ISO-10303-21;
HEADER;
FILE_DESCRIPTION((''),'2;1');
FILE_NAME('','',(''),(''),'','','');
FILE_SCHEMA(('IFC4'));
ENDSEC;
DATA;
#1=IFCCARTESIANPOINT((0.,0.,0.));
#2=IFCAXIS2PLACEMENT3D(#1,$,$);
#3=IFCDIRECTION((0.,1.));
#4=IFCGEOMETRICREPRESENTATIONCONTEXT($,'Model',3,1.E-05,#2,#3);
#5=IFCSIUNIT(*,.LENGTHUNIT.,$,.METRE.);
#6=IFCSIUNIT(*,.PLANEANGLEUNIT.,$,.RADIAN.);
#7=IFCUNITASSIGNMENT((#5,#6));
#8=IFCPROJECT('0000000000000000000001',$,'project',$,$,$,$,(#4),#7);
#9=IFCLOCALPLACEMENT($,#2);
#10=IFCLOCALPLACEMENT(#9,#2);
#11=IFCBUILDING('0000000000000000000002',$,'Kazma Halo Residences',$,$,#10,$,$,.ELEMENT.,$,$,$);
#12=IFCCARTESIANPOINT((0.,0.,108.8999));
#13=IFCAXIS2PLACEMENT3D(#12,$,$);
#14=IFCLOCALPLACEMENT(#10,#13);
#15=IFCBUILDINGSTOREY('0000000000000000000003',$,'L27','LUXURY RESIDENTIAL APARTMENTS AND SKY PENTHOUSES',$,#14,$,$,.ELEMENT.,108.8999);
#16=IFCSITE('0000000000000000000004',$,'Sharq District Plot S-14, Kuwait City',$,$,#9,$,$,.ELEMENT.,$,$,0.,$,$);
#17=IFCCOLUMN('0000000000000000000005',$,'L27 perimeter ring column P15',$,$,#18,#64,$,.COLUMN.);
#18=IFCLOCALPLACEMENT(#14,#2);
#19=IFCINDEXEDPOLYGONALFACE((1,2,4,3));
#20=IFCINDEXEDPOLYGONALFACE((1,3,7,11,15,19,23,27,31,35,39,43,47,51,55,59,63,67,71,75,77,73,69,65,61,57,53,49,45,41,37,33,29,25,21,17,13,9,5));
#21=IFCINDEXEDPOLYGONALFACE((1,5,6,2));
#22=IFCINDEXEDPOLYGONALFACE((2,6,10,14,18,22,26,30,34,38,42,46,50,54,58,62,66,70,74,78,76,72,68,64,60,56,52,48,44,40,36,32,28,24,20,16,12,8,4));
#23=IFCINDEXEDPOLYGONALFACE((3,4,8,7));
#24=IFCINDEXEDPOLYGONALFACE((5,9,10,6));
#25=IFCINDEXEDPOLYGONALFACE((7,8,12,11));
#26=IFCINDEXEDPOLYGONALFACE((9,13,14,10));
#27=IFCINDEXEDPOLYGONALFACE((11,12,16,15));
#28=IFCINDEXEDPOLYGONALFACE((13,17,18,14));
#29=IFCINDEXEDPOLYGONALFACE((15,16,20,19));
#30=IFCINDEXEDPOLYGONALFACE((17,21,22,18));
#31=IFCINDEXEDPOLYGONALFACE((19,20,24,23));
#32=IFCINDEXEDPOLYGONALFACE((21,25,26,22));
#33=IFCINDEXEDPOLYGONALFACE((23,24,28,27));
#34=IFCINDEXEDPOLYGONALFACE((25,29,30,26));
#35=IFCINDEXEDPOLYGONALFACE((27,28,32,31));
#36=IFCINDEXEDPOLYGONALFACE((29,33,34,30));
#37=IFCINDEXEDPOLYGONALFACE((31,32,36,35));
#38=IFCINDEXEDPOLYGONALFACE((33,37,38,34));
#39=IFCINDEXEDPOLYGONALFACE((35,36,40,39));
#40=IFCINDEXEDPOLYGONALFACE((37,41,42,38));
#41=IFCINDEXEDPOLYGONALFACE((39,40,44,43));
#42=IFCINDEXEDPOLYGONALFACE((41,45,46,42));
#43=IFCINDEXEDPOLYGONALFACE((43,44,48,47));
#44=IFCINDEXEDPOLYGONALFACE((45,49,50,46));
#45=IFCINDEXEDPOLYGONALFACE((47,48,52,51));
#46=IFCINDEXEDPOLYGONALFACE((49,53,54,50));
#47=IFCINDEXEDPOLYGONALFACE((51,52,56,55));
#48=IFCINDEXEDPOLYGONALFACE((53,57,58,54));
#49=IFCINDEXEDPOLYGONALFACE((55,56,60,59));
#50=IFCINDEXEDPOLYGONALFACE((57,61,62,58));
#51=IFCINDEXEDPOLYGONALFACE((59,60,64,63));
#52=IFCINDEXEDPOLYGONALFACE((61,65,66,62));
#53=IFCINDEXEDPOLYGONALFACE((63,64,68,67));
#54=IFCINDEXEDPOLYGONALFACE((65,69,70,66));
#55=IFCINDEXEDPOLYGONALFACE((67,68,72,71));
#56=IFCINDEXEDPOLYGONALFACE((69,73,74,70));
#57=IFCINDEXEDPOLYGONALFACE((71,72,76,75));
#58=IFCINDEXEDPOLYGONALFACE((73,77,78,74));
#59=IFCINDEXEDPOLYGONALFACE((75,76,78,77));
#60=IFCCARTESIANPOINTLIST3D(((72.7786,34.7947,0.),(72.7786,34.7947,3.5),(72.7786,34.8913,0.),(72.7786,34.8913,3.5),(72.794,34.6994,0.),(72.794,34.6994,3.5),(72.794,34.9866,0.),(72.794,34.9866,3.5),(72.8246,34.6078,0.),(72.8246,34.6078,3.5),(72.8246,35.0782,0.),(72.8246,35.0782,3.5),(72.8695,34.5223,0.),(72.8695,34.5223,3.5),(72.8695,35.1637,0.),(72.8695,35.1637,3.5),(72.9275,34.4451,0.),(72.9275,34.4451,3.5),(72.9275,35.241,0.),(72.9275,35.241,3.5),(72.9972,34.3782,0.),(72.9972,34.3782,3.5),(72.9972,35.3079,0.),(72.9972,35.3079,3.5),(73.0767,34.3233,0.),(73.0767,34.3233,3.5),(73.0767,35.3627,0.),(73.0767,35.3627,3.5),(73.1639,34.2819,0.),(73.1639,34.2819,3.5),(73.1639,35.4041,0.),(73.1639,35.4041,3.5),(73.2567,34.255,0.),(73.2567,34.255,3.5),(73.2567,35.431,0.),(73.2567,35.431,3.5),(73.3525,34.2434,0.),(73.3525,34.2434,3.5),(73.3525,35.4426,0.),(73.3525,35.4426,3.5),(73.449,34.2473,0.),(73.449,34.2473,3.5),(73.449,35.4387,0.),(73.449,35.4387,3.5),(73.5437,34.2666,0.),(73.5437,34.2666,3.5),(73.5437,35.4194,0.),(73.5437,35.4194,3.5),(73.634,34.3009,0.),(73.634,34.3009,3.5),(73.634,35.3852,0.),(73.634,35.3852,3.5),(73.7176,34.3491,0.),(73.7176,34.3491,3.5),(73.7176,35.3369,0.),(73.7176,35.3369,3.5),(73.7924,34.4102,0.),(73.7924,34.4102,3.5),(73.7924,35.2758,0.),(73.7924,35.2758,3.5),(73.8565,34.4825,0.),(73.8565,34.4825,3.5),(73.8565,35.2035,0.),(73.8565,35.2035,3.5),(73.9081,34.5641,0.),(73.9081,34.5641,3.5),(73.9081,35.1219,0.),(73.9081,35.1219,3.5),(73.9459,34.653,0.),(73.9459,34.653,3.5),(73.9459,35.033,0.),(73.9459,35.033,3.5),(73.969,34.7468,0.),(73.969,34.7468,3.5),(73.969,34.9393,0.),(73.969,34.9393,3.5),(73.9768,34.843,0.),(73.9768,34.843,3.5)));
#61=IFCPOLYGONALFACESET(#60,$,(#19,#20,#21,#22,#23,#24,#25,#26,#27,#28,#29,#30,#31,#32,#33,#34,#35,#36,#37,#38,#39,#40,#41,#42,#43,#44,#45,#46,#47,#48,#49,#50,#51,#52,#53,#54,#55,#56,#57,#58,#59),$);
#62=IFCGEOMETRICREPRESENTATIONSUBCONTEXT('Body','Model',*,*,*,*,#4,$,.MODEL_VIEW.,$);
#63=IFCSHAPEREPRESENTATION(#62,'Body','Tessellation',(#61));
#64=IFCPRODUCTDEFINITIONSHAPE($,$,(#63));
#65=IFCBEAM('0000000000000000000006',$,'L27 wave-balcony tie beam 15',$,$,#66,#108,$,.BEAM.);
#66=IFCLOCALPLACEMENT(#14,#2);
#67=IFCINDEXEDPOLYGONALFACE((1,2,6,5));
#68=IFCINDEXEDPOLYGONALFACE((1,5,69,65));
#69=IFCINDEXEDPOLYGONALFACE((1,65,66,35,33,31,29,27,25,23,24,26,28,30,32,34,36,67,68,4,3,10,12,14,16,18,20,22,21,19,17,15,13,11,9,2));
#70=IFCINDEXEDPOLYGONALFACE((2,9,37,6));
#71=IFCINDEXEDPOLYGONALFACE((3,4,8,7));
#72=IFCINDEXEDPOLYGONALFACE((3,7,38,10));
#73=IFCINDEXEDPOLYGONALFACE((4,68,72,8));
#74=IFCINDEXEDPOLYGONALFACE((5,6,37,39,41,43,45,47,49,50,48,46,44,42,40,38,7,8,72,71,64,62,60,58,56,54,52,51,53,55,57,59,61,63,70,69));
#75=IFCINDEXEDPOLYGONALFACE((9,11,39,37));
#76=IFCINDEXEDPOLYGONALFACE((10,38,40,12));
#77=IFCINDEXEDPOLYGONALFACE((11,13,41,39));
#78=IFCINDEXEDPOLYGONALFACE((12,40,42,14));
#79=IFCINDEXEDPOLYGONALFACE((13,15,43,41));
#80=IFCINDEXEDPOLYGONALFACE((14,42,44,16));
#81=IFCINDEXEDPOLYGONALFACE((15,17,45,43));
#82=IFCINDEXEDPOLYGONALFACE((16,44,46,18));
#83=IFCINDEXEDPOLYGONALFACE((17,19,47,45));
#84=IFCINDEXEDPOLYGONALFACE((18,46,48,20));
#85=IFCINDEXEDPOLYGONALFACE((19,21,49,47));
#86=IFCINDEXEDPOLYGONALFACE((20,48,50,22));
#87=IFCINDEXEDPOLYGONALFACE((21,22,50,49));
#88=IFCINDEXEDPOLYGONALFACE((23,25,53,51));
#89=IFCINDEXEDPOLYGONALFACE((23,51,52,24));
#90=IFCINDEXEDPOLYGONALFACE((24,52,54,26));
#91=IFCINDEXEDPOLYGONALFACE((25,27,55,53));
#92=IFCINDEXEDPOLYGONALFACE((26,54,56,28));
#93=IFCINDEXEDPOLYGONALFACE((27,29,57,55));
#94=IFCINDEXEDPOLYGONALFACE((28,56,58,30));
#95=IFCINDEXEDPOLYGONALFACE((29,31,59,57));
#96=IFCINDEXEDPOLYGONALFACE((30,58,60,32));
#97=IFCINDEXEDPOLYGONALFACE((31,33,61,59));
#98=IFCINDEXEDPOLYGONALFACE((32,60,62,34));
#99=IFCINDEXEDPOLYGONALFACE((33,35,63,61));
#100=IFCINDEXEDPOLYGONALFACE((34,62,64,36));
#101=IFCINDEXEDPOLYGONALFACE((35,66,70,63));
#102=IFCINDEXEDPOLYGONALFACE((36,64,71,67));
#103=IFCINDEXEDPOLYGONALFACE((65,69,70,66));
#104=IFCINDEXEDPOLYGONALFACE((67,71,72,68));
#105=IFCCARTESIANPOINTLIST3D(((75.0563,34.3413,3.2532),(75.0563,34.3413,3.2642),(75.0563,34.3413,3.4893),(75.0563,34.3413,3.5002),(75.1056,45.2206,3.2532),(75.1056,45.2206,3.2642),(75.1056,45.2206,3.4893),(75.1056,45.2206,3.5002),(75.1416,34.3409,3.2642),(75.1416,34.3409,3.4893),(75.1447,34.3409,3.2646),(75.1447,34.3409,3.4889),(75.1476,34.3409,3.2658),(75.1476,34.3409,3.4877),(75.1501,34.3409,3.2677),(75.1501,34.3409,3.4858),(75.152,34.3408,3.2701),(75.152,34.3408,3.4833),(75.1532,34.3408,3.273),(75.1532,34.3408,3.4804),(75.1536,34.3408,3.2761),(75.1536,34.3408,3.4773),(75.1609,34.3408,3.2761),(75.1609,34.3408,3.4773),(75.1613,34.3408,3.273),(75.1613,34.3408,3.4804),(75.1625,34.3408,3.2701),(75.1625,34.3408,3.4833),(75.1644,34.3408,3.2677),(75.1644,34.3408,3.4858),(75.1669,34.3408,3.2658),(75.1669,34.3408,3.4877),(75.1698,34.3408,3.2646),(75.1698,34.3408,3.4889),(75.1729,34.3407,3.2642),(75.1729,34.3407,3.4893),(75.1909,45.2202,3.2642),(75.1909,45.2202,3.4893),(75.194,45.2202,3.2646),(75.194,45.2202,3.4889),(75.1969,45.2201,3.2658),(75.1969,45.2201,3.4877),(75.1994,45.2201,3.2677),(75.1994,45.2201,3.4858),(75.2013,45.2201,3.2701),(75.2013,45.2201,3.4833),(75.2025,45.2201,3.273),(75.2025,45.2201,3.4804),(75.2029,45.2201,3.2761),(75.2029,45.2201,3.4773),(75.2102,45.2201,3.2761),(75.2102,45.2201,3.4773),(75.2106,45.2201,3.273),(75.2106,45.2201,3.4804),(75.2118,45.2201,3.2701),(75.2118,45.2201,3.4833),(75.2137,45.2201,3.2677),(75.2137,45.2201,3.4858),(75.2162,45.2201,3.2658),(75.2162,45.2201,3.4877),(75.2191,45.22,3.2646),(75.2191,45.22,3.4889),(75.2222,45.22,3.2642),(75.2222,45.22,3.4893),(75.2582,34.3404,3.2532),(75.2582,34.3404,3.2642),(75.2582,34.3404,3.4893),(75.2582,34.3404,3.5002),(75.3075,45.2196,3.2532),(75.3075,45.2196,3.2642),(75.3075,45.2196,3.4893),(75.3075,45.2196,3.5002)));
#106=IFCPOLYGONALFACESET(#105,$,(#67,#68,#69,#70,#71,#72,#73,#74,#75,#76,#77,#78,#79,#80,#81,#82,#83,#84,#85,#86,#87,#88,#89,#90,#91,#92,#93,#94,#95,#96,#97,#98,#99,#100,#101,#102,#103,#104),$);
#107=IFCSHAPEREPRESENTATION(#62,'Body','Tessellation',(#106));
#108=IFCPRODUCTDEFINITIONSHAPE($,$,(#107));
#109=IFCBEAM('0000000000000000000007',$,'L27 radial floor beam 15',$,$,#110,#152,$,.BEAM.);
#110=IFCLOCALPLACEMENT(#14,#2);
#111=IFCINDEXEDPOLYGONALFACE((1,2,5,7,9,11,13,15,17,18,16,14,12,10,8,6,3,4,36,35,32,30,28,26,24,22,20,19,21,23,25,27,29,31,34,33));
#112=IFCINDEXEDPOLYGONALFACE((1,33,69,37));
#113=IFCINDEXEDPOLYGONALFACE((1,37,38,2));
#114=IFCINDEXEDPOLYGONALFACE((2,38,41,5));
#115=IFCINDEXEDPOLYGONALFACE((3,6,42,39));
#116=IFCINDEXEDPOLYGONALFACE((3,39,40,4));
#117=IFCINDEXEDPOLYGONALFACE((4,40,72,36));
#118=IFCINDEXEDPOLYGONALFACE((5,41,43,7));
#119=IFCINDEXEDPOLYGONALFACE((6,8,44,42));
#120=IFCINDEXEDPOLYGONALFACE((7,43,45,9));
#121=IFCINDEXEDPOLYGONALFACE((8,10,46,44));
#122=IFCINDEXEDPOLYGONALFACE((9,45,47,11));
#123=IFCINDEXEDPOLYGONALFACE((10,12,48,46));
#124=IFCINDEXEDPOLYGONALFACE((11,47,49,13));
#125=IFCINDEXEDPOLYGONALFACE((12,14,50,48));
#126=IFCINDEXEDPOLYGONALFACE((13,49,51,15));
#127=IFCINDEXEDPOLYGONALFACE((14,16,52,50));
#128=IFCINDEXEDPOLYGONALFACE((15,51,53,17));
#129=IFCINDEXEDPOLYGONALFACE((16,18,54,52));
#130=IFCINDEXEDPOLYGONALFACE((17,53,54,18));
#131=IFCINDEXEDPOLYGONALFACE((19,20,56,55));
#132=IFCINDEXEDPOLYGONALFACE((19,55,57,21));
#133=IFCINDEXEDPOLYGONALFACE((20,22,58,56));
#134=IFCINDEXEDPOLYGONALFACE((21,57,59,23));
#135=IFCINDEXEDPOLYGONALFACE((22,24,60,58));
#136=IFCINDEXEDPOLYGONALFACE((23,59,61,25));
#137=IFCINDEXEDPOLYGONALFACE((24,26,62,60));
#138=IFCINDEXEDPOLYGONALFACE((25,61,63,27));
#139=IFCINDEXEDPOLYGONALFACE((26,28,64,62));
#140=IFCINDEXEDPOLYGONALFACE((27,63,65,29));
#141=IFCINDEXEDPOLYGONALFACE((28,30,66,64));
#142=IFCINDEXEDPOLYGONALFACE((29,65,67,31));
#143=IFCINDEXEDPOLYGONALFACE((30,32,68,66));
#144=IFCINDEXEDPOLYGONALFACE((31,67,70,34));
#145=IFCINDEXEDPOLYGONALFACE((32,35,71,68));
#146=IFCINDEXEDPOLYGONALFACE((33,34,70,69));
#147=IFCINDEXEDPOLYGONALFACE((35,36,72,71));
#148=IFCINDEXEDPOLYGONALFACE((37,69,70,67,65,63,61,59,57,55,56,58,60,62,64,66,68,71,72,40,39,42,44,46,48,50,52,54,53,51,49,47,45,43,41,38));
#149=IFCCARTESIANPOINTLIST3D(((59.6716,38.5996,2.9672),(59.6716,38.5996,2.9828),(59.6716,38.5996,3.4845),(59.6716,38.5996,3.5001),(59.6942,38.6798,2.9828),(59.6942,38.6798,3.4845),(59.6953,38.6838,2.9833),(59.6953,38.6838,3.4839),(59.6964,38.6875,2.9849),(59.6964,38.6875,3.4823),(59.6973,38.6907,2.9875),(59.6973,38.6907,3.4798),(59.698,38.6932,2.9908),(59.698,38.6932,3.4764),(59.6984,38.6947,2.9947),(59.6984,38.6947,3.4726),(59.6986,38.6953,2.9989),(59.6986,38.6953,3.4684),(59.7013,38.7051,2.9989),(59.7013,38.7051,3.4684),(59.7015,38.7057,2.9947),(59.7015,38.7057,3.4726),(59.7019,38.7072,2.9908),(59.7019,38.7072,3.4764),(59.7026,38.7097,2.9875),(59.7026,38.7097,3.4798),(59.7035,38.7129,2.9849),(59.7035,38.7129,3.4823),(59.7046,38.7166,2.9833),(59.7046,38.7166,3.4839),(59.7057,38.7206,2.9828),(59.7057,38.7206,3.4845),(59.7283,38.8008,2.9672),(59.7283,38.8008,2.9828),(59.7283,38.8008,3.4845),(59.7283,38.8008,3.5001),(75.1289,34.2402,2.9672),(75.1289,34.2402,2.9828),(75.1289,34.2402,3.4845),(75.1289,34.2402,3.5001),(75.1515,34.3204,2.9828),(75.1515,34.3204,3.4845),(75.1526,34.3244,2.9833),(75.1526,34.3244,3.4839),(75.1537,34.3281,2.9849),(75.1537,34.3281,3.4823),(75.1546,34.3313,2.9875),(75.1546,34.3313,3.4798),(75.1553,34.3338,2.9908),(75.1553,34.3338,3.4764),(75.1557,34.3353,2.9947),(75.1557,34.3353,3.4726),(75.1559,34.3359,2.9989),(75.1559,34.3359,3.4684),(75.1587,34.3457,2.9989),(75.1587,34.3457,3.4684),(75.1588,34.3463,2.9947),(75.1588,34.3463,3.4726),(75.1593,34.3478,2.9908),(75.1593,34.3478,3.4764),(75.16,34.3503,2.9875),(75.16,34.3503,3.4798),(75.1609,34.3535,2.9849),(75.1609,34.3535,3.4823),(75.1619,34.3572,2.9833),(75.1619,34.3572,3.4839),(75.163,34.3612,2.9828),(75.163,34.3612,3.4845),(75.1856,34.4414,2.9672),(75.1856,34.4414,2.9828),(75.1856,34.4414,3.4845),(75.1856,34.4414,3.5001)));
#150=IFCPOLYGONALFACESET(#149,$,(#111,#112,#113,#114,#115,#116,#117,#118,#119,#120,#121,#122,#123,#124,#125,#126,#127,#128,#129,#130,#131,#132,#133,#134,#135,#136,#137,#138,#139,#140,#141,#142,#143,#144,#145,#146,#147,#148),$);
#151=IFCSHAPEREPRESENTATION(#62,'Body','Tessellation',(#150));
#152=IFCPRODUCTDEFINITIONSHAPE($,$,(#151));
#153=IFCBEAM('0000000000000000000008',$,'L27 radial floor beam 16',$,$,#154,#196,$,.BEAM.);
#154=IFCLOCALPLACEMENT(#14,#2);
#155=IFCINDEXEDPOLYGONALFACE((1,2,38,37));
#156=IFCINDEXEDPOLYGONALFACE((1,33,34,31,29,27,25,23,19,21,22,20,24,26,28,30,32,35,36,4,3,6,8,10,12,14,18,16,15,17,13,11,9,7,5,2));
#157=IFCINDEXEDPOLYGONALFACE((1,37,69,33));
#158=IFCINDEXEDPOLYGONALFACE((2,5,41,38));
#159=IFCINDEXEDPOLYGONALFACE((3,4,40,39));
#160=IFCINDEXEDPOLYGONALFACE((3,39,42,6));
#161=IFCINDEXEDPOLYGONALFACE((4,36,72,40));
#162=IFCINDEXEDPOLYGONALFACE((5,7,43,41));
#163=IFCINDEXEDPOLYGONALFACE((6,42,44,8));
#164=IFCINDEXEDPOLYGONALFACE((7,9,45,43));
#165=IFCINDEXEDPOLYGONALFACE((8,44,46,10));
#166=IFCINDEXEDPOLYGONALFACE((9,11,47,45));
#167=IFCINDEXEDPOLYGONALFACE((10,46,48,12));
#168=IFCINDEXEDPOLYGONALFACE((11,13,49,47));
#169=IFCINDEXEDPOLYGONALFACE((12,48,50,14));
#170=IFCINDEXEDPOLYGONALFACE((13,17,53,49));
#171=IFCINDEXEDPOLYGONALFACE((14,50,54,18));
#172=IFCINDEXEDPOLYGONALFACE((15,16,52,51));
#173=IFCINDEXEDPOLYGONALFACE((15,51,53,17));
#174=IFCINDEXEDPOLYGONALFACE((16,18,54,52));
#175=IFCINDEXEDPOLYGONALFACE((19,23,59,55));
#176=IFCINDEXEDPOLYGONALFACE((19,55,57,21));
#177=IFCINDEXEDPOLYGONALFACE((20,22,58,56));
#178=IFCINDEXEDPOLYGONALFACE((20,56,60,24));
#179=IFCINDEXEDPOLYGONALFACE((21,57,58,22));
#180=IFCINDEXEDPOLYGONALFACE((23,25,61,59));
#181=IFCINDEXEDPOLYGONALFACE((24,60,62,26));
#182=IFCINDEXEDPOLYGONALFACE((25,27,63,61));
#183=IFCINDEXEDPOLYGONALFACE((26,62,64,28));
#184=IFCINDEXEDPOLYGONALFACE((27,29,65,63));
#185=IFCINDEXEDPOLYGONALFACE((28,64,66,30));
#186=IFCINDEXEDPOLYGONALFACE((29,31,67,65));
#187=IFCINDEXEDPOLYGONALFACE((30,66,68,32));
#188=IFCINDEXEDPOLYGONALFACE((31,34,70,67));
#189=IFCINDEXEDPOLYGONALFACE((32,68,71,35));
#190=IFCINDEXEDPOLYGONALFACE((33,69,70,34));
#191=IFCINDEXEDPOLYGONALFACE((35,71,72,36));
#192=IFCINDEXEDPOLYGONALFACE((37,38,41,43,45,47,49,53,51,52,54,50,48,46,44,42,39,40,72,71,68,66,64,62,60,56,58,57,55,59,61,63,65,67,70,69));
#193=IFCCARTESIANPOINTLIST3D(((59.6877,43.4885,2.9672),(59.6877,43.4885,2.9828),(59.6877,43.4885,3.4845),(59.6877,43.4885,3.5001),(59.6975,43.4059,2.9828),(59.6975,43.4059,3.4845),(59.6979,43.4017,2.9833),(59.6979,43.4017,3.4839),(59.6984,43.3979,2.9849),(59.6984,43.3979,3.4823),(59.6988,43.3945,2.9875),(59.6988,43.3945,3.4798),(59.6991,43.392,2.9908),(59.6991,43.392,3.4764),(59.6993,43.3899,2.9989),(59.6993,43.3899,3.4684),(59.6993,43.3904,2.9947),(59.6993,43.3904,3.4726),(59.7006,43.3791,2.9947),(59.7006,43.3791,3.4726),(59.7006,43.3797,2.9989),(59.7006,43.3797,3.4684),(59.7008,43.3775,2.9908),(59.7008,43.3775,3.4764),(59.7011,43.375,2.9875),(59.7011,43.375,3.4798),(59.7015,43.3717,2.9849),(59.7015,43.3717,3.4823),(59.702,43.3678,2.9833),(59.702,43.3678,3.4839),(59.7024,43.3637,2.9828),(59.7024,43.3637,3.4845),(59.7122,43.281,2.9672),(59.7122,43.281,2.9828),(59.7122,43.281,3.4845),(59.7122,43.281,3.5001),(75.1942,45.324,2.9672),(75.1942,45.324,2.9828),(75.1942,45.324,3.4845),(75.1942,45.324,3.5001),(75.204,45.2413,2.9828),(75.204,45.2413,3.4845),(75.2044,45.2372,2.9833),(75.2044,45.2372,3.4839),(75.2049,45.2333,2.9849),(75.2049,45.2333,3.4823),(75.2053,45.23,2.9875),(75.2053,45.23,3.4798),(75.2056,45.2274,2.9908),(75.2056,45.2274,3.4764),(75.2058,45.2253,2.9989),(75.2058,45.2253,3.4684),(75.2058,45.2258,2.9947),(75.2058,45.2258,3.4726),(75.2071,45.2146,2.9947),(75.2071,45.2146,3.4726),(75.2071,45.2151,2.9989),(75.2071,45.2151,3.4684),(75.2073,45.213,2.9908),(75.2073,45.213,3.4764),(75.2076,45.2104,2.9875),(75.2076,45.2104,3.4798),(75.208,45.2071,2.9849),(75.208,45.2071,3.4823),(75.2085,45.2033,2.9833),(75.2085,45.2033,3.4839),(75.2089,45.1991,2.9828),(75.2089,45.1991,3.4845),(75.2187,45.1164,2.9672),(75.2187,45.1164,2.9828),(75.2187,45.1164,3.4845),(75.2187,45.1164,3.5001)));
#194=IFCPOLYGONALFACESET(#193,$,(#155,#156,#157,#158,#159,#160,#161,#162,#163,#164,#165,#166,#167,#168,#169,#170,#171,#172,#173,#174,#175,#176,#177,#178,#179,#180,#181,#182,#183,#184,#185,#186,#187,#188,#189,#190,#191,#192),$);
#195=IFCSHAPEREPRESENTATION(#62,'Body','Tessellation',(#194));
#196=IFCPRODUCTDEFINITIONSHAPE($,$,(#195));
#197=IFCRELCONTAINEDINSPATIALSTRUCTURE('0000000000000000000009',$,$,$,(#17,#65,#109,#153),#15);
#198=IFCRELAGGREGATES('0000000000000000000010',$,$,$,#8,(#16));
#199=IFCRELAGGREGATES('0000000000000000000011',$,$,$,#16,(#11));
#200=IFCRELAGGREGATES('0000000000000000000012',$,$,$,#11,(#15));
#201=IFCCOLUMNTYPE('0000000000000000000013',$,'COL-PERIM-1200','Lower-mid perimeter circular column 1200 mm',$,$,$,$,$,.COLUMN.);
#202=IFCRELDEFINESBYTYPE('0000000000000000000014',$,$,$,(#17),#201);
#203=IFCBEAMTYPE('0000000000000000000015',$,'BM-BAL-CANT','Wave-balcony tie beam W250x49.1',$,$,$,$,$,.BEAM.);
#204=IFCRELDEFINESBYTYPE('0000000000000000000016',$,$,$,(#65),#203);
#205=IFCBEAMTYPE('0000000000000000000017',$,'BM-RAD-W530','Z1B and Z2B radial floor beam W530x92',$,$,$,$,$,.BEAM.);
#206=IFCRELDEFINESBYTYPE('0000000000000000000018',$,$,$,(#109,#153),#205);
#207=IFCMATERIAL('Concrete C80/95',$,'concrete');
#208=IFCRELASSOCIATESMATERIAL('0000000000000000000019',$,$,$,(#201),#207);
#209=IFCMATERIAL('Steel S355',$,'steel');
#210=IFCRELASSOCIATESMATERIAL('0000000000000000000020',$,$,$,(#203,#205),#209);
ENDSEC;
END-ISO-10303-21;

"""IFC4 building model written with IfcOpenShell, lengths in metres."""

from ifc_helpers import new_model, si_unit, direction, frame, origin, origin_2d, place, context, subcontext, project, spatial, circle, i_section, extrude, material, material_profile, profile_set, type_object, element, save


model = new_model("IFC4")

# Units and contexts
model_context = context("Model", 3, precision=1e-05, world=origin(), true_north=direction((0.0, 1.0)))
body_context = subcontext(model_context, "Body", "Model", "MODEL_VIEW")
ifc_project = project(units=[si_unit("LENGTHUNIT", "METRE"), si_unit("PLANEANGLEUNIT", "RADIAN")], contexts=[model_context])

# Site, building, storey
site_placement = place(None, origin())
site = spatial("IfcSite", under=ifc_project, at=site_placement, Name="Sharq District Plot S-14, Kuwait City", CompositionType="ELEMENT", RefElevation=0.0)
building_placement = place(site_placement, origin())
building = spatial("IfcBuilding", under=site, at=building_placement, Name="Kazma Halo Residences", CompositionType="ELEMENT")
storey_placement = place(building_placement, frame((0.0, 0.0, 108.8999)))
storey = spatial("IfcBuildingStorey", under=building, at=storey_placement, Name="L27", Description="LUXURY RESIDENTIAL APARTMENTS AND SKY PENTHOUSES", CompositionType="ELEMENT", Elevation=108.8999)

# Column
ifc_material_1 = material(Name="Concrete C80/95", Category="concrete")
ifc_material_profile_1 = material_profile(ifc_material_1, circle(Radius=0.6001, at=origin_2d()), Name="CIRC1200")
ifc_profile_set_1 = profile_set([ifc_material_profile_1], Name="Concrete C80/95")
column_type = type_object("IfcColumnType", Name="COL-PERIM-1200", Description="Lower-mid perimeter circular column 1200 mm", PredefinedType="COLUMN", material=ifc_profile_set_1)
column_placement = place(storey_placement, frame((73.3767, 34.843, 0.0), z_axis=(0.0, 0.0, 1.0), x_axis=(1.0, 0.0, 0.0)))
element("IfcColumn", 1, at=column_placement, inside=storey, type_object=column_type, Name="L27 perimeter ring column P15", PredefinedType="COLUMN", context=body_context, shape_type="SweptSolid", body=[
    extrude(circle(Radius=0.6001, at=origin_2d()), origin(), (0.0, 0.0, 1.0), 3.5),
])

# Beams
ifc_material_2 = material(Name="Steel S355", Category="steel")
ifc_material_profile_2 = material_profile(ifc_material_2, i_section(OverallWidth=0.2019, OverallDepth=0.2471, WebThickness=0.0073, FlangeThickness=0.011, FilletRadius=0.012, at=origin_2d()), Name="W250x49.1")
ifc_profile_set_2 = profile_set([ifc_material_profile_2], Name="Steel S355")
beam_type_1 = type_object("IfcBeamType", Name="BM-BAL-CANT", Description="Wave-balcony tie beam W250x49.1", PredefinedType="BEAM", material=ifc_profile_set_2)
beam_1_placement = place(storey_placement, frame((75.1572, 34.3408, 3.3767), z_axis=(0.004533, 0.99999, 0.0), x_axis=(-0.99999, 0.004533, 0.0)))
element("IfcBeam", 2, at=beam_1_placement, inside=storey, type_object=beam_type_1, Name="L27 wave-balcony tie beam 15", PredefinedType="BEAM", context=body_context, shape_type="SweptSolid", body=[
    extrude(i_section(OverallWidth=0.2019, OverallDepth=0.2471, WebThickness=0.0073, FlangeThickness=0.011, FilletRadius=0.012, at=origin_2d()), origin(), (0.0, 0.0, 1.0), 10.8794),
])
ifc_material_profile_3 = material_profile(ifc_material_2, i_section(OverallWidth=0.209, OverallDepth=0.533, WebThickness=0.0103, FlangeThickness=0.0156, FilletRadius=0.0161, at=origin_2d()), Name="W530x92")
ifc_profile_set_3 = profile_set([ifc_material_profile_3], Name="Steel S355")
beam_type_2 = type_object("IfcBeamType", Name="BM-RAD-W530", Description="Z1B and Z2B radial floor beam W530x92", PredefinedType="BEAM", material=ifc_profile_set_3)
beam_2_placement = place(storey_placement, frame((59.7, 38.7002, 3.2336), z_axis=(0.962456, -0.271439, 0.0), x_axis=(0.271439, 0.962456, 0.0)))
element("IfcBeam", 3, at=beam_2_placement, inside=storey, type_object=beam_type_2, Name="L27 radial floor beam 15", PredefinedType="BEAM", context=body_context, shape_type="SweptSolid", body=[
    extrude(i_section(OverallWidth=0.209, OverallDepth=0.533, WebThickness=0.0103, FlangeThickness=0.0156, FilletRadius=0.0161, at=origin_2d()), origin(), (0.0, 0.0, 1.0), 16.0603),
])
beam_3_placement = place(storey_placement, frame((59.7, 43.3848, 3.2336), z_axis=(0.993068, 0.117545, 0.0), x_axis=(-0.117545, 0.993068, 0.0)))
element("IfcBeam", 4, at=beam_3_placement, inside=storey, type_object=beam_type_2, Name="L27 radial floor beam 16", PredefinedType="BEAM", context=body_context, shape_type="SweptSolid", body=[
    extrude(i_section(OverallWidth=0.209, OverallDepth=0.533, WebThickness=0.0103, FlangeThickness=0.0156, FilletRadius=0.0161, at=origin_2d()), origin(), (0.0, 0.0, 1.0), 15.6147),
])

save(model, "model.ifc")
